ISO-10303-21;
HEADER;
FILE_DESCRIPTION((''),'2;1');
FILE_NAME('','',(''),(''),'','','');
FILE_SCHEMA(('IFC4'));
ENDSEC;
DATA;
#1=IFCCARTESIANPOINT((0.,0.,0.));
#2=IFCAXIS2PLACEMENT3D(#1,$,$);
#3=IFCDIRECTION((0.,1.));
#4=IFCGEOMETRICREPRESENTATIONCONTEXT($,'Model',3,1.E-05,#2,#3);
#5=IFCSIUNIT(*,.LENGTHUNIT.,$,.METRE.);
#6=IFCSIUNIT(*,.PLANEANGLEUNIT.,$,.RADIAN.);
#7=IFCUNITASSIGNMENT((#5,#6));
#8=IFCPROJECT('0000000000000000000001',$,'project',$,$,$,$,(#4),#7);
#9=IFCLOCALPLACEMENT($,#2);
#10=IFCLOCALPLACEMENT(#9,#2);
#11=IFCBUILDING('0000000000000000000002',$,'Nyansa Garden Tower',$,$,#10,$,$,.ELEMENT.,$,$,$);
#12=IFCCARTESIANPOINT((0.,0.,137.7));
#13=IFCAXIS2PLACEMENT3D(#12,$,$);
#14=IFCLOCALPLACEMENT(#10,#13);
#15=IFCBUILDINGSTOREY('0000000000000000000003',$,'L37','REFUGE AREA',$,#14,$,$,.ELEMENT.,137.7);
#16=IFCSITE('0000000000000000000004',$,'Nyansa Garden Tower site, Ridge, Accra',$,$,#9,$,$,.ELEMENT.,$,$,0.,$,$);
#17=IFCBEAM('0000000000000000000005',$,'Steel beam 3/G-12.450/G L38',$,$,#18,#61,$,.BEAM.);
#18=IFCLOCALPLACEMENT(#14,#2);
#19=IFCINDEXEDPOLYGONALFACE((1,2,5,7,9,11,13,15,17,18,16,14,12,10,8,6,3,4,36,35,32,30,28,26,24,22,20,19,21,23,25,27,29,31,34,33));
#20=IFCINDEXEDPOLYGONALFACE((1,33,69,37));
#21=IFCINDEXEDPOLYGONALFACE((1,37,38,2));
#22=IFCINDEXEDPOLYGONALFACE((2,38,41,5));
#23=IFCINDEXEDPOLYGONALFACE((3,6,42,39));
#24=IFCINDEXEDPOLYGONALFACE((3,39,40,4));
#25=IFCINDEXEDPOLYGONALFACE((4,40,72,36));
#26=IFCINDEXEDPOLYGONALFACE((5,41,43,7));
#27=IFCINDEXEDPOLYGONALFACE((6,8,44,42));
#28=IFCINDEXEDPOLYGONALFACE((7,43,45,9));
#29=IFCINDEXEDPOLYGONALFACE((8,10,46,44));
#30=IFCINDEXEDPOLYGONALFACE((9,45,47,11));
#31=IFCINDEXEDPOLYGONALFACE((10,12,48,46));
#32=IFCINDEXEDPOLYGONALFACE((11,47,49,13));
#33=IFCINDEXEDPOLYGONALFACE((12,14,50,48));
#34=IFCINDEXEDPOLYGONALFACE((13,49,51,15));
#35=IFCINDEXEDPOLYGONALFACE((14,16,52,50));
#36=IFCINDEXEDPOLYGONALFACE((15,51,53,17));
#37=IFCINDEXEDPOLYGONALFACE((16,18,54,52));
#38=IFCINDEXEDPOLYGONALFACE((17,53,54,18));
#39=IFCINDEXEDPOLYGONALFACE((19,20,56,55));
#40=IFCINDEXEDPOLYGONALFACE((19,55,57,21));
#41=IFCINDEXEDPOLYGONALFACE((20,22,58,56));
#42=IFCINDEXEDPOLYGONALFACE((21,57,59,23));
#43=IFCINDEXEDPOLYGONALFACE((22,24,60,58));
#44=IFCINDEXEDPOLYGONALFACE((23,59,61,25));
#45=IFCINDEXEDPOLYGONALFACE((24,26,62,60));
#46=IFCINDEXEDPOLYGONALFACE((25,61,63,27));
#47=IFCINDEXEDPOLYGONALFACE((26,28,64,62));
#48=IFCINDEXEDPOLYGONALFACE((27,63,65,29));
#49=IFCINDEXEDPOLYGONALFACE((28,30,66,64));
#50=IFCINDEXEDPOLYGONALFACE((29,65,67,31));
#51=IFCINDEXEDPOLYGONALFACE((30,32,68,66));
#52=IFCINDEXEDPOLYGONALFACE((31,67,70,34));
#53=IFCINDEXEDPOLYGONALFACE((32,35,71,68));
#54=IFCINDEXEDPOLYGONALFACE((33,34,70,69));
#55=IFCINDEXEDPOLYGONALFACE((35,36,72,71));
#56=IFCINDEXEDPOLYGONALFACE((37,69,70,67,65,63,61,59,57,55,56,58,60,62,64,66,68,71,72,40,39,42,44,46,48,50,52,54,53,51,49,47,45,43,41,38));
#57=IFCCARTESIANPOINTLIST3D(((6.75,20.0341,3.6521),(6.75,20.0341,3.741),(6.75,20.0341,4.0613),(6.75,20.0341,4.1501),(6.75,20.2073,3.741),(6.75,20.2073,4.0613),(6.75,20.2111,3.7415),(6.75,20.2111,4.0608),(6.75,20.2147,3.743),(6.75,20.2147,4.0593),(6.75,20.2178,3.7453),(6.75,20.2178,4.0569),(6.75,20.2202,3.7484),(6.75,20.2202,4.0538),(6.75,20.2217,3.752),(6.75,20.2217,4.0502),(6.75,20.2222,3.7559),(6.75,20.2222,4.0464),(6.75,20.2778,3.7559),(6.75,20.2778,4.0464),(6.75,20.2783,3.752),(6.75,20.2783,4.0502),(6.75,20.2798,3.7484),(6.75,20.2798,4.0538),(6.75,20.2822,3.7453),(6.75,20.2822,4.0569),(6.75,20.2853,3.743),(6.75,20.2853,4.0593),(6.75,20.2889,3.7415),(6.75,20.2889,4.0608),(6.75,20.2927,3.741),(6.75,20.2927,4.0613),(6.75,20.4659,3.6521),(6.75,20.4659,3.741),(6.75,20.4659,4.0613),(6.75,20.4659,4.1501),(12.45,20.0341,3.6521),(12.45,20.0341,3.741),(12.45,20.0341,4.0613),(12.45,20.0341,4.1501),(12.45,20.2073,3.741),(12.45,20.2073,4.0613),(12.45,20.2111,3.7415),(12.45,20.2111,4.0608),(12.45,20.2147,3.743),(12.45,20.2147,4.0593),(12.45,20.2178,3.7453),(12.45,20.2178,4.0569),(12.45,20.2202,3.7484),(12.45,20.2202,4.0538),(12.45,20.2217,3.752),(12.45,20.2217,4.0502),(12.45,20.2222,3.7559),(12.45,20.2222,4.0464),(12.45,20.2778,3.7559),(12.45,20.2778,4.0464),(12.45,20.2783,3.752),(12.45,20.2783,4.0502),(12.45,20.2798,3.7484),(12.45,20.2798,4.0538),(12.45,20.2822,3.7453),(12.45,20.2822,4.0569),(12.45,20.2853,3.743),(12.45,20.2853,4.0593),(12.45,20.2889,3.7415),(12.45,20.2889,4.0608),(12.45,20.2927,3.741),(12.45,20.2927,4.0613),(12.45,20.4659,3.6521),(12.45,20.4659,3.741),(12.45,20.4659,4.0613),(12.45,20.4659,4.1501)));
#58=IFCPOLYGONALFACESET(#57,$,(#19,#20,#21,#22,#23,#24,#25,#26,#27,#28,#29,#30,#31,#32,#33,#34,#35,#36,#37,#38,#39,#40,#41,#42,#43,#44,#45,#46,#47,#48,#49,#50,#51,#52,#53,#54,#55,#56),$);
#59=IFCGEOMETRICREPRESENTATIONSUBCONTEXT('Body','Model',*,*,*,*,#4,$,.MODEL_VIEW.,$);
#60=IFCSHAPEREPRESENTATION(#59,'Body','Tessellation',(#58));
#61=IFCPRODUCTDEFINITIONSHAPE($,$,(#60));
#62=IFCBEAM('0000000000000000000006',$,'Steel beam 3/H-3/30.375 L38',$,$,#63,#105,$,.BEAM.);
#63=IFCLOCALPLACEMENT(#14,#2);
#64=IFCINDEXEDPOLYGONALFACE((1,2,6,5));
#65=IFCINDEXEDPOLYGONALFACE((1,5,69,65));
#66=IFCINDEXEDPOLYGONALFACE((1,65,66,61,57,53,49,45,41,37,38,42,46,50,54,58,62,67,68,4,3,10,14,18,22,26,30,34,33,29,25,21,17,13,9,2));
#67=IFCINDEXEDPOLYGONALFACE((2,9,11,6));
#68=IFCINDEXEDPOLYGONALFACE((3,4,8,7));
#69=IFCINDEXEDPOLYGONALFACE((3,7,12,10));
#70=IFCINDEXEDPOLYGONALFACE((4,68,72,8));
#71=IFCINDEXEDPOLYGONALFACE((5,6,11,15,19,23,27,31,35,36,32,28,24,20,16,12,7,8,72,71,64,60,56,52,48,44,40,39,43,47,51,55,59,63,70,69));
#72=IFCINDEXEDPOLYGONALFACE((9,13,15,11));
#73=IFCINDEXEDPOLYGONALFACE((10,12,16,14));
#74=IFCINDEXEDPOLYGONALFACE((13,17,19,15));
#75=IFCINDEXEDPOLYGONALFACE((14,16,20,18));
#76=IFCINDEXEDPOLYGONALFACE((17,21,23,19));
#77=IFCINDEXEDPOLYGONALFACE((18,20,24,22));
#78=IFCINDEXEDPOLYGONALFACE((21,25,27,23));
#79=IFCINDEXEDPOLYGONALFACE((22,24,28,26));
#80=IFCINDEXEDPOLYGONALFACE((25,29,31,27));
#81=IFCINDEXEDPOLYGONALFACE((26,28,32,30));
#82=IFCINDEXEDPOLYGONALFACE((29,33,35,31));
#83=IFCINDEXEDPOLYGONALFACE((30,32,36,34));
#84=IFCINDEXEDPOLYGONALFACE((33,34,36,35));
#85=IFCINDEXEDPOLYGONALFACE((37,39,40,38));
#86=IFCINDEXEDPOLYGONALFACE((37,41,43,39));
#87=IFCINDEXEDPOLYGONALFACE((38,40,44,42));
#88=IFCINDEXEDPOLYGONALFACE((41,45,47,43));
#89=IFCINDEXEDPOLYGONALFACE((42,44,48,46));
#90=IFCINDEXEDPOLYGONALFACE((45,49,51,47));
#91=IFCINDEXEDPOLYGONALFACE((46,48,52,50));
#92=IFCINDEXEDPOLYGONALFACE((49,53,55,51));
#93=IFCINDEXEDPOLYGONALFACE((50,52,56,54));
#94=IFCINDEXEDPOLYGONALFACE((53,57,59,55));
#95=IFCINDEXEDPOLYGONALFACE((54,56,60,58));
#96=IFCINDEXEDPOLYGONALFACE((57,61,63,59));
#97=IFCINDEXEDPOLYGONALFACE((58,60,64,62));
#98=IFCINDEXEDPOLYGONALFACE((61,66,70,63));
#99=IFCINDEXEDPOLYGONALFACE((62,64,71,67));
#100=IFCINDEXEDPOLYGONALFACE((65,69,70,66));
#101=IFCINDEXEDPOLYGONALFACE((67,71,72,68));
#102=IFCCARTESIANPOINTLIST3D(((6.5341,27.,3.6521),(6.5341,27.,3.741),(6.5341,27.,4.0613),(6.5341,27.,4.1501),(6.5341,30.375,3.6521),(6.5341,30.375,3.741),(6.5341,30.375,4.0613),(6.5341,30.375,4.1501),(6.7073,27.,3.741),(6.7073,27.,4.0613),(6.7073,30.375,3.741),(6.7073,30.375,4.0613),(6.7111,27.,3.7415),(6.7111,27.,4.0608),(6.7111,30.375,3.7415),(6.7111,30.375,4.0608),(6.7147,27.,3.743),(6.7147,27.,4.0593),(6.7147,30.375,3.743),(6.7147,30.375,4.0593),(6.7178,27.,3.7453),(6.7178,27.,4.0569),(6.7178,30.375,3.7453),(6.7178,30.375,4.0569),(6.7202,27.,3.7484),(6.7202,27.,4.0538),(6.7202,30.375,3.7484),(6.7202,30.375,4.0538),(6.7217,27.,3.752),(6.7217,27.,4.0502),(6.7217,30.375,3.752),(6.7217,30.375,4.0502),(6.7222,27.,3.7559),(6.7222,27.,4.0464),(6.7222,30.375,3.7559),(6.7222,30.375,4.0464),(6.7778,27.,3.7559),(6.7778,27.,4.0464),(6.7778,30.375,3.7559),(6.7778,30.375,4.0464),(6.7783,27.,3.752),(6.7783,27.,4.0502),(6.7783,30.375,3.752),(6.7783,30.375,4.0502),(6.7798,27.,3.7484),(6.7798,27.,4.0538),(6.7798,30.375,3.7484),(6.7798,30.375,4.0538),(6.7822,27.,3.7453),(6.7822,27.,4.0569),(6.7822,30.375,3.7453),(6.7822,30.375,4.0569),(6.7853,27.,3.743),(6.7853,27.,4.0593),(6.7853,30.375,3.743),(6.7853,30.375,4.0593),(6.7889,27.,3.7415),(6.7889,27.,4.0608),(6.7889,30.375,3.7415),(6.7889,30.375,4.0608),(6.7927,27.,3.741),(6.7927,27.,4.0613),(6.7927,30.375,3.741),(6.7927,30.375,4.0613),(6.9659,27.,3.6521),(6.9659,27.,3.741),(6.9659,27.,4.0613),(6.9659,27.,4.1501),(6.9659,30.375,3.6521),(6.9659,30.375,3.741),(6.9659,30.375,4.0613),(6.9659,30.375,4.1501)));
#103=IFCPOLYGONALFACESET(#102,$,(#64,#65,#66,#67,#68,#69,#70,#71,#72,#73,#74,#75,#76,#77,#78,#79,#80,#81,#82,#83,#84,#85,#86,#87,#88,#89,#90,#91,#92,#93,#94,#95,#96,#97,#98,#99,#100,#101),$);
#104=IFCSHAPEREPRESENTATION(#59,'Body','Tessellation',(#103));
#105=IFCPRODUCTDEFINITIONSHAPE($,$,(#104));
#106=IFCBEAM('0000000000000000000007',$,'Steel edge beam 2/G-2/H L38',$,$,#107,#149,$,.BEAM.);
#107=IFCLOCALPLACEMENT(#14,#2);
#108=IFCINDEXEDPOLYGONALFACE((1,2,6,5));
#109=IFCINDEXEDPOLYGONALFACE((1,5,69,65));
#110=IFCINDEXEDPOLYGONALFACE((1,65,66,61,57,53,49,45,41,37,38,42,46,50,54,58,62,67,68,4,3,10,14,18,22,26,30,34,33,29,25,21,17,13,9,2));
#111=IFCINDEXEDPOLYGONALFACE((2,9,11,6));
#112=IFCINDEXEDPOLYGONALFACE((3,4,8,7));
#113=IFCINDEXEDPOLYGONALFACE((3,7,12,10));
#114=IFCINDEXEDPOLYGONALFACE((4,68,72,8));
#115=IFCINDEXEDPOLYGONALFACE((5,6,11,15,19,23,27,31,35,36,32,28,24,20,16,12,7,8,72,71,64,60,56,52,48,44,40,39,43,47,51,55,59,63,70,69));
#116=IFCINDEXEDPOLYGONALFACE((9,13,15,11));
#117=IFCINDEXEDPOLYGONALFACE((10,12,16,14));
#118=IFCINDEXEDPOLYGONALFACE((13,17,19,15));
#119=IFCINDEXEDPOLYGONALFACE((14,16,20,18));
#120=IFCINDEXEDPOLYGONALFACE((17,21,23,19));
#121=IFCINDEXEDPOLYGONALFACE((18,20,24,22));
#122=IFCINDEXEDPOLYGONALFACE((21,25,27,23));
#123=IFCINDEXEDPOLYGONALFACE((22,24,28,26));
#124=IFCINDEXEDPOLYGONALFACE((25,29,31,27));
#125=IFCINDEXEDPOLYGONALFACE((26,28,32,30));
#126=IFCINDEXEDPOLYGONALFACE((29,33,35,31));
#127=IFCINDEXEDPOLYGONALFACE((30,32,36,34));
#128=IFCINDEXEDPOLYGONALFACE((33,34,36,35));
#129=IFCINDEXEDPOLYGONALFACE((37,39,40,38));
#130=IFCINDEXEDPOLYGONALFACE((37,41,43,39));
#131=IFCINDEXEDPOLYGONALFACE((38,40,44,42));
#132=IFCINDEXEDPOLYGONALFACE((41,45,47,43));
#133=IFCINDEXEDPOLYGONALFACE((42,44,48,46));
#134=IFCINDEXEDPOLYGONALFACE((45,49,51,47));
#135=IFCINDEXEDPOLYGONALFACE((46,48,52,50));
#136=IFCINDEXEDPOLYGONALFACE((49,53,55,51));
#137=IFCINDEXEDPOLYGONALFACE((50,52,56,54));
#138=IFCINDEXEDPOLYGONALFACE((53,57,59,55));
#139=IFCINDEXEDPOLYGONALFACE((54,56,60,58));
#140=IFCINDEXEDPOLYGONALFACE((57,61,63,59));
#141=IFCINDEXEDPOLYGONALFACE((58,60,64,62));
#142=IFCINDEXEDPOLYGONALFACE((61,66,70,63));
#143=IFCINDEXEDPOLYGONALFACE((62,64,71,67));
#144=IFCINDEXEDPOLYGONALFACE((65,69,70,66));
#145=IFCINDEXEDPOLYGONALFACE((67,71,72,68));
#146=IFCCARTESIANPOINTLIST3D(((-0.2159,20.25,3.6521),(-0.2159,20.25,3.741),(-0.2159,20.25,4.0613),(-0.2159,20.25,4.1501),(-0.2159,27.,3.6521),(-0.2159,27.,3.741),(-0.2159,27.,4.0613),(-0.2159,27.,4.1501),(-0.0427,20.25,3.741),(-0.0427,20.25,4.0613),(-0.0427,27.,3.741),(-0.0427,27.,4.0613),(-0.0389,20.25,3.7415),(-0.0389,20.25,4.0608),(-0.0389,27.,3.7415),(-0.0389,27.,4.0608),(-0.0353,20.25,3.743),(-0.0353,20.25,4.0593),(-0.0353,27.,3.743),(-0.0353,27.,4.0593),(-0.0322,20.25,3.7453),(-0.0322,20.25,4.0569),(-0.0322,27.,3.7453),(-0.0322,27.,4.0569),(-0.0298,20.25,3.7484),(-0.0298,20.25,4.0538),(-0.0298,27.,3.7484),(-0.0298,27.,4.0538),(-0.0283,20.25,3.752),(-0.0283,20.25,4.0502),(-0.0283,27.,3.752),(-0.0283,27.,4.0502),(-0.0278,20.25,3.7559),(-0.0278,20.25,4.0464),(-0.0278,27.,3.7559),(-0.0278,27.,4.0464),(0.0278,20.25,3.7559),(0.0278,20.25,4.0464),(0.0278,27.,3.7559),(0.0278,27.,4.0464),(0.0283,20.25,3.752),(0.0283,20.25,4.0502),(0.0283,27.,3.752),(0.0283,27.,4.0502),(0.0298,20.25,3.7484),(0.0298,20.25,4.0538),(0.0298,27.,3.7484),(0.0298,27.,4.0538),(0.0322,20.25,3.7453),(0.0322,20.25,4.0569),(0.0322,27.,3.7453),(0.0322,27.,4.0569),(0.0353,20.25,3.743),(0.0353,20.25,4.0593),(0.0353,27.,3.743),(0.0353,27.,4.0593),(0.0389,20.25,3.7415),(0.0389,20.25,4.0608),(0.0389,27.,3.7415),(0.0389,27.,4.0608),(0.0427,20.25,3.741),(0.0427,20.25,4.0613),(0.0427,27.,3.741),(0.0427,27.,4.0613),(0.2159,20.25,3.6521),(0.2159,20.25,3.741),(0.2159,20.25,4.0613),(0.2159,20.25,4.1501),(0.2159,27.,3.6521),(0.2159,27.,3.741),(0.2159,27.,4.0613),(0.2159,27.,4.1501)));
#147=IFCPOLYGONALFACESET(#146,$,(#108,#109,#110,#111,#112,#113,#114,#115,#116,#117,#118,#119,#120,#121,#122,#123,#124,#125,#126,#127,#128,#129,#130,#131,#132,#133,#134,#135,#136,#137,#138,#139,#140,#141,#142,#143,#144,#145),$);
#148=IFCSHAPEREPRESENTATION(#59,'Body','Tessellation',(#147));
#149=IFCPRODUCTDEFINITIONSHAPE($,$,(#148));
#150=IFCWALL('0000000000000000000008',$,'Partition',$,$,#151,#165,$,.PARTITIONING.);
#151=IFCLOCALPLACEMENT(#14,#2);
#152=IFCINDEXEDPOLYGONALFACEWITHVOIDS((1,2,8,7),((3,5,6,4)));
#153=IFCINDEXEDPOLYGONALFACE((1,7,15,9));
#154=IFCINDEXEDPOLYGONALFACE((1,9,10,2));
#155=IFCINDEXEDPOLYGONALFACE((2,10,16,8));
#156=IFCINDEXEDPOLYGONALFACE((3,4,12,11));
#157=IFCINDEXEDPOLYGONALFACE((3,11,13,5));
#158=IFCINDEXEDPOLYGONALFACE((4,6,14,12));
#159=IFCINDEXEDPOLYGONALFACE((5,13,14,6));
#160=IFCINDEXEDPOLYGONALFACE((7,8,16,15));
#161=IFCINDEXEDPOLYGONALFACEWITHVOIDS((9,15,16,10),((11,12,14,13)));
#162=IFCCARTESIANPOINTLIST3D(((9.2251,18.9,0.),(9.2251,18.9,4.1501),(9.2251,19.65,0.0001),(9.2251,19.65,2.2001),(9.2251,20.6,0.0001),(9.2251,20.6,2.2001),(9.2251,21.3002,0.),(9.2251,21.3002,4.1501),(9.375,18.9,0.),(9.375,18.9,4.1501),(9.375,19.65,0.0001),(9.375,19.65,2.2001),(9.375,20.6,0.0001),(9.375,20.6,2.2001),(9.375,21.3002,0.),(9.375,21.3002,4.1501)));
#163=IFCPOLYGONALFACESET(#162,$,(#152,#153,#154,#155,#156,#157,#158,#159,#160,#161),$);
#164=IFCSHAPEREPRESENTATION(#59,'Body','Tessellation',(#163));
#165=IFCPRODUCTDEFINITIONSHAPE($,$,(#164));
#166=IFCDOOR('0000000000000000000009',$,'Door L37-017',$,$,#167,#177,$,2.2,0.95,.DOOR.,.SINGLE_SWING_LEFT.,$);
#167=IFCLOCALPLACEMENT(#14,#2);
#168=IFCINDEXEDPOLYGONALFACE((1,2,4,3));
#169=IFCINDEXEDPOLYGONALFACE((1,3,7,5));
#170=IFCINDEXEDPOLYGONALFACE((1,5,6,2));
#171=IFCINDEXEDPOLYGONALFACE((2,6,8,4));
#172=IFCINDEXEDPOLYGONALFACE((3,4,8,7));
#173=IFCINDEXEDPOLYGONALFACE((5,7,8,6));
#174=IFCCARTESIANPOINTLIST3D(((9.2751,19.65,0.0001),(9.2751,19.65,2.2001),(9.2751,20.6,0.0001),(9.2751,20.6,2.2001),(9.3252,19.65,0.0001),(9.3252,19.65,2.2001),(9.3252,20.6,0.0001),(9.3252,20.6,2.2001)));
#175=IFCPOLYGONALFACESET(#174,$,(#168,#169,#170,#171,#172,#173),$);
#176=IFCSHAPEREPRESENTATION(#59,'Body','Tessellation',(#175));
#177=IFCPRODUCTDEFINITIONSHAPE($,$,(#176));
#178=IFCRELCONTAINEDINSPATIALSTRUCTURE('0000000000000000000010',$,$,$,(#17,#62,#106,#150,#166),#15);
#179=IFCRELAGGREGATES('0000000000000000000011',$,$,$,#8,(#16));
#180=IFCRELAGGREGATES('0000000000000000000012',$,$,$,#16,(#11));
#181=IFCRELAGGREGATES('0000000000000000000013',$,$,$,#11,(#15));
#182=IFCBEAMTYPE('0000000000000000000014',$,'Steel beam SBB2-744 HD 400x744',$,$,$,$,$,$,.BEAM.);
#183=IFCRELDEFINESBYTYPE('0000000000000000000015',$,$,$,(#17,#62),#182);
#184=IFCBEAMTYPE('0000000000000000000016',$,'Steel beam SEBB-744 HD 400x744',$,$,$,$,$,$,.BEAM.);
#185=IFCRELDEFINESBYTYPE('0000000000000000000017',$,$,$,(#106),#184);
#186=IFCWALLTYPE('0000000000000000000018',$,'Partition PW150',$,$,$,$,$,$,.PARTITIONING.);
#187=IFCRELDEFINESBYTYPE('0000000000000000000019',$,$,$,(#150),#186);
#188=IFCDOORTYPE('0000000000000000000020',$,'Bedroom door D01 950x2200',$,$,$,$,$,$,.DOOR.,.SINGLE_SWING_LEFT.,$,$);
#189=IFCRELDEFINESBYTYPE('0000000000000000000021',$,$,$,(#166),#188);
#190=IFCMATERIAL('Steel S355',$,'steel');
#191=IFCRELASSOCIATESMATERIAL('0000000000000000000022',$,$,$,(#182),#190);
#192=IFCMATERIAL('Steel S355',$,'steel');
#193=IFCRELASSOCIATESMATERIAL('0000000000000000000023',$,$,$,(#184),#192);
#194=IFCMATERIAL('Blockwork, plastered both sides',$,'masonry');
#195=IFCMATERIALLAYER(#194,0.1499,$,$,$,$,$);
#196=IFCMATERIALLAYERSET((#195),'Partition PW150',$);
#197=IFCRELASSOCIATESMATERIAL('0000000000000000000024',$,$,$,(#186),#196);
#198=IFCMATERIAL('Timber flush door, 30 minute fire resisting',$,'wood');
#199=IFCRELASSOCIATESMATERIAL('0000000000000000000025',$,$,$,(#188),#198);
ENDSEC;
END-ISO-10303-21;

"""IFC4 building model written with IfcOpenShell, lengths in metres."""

from ifc_helpers import new_model, si_unit, direction, frame, frame_2d, origin, origin_2d, place, context, subcontext, project, spatial, rectangle, i_section, extrude, material, layer, layer_set, material_profile, profile_set, type_object, element, fill, save


model = new_model("IFC4")

# Units and contexts
model_context = context("Model", 3, precision=1e-05, world=origin(), true_north=direction((0.0, 1.0)))
body_context = subcontext(model_context, "Body", "Model", "MODEL_VIEW")
ifc_project = project(units=[si_unit("LENGTHUNIT", "METRE"), si_unit("PLANEANGLEUNIT", "RADIAN")], contexts=[model_context])

# Site, building, storey
site_placement = place(None, origin())
site = spatial("IfcSite", under=ifc_project, at=site_placement, Name="Nyansa Garden Tower site, Ridge, Accra", CompositionType="ELEMENT", RefElevation=0.0)
building_placement = place(site_placement, origin())
building = spatial("IfcBuilding", under=site, at=building_placement, Name="Nyansa Garden Tower", CompositionType="ELEMENT")
storey_placement = place(building_placement, frame((0.0, 0.0, 137.7)))
storey = spatial("IfcBuildingStorey", under=building, at=storey_placement, Name="L37", Description="REFUGE AREA", CompositionType="ELEMENT", Elevation=137.7)

# Beams
ifc_material_1 = material(Name="Steel S355", Category="steel")
ifc_material_profile_1 = material_profile(ifc_material_1, i_section(OverallWidth=0.4319, OverallDepth=0.498, WebThickness=0.0557, FlangeThickness=0.0889, FilletRadius=0.0149, at=origin_2d()), Name="HD 400x744")
ifc_profile_set_1 = profile_set([ifc_material_profile_1], Name="Steel S355")
beam_type_1 = type_object("IfcBeamType", Name="Steel beam SBB2-744 HD 400x744", PredefinedType="BEAM", material=ifc_profile_set_1)
beam_1_placement = place(storey_placement, frame((6.75, 20.25, 3.9011), z_axis=(1.0, 0.0, 0.0), x_axis=(0.0, 1.0, 0.0)))
element("IfcBeam", 1, at=beam_1_placement, inside=storey, type_object=beam_type_1, Name="Steel beam 3/G-12.450/G L38", PredefinedType="BEAM", context=body_context, shape_type="SweptSolid", body=[
    extrude(i_section(OverallWidth=0.4319, OverallDepth=0.498, WebThickness=0.0557, FlangeThickness=0.0889, FilletRadius=0.0149, at=origin_2d()), origin(), (0.0, 0.0, 1.0), 5.7),
])
beam_2_placement = place(storey_placement, frame((6.75, 27.0, 3.9011), z_axis=(0.0, 1.0, 0.0), x_axis=(-1.0, 0.0, 0.0)))
element("IfcBeam", 2, at=beam_2_placement, inside=storey, type_object=beam_type_1, Name="Steel beam 3/H-3/30.375 L38", PredefinedType="BEAM", context=body_context, shape_type="SweptSolid", body=[
    extrude(i_section(OverallWidth=0.4319, OverallDepth=0.498, WebThickness=0.0557, FlangeThickness=0.0889, FilletRadius=0.0149, at=origin_2d()), origin(), (0.0, 0.0, 1.0), 3.375),
])
ifc_material_2 = material(Name="Steel S355", Category="steel")
ifc_material_profile_2 = material_profile(ifc_material_2, i_section(OverallWidth=0.4319, OverallDepth=0.498, WebThickness=0.0557, FlangeThickness=0.0889, FilletRadius=0.0149, at=origin_2d()), Name="HD 400x744")
ifc_profile_set_2 = profile_set([ifc_material_profile_2], Name="Steel S355")
beam_type_2 = type_object("IfcBeamType", Name="Steel beam SEBB-744 HD 400x744", PredefinedType="BEAM", material=ifc_profile_set_2)
beam_3_placement = place(storey_placement, frame((0.0, 20.25, 3.9011), z_axis=(0.0, 1.0, 0.0), x_axis=(-1.0, 0.0, 0.0)))
element("IfcBeam", 3, at=beam_3_placement, inside=storey, type_object=beam_type_2, Name="Steel edge beam 2/G-2/H L38", PredefinedType="BEAM", context=body_context, shape_type="SweptSolid", body=[
    extrude(i_section(OverallWidth=0.4319, OverallDepth=0.498, WebThickness=0.0557, FlangeThickness=0.0889, FilletRadius=0.0149, at=origin_2d()), origin(), (0.0, 0.0, 1.0), 6.75),
])

# Wall, opening, door
ifc_material_3 = material(Name="Blockwork, plastered both sides", Category="masonry")
ifc_layer = layer(ifc_material_3, 0.1499)
ifc_layer_set = layer_set([ifc_layer], Name="Partition PW150")
wall_type = type_object("IfcWallType", Name="Partition PW150", PredefinedType="PARTITIONING", material=ifc_layer_set)
wall_placement = place(storey_placement, frame((9.3, 18.8999, 0.0), z_axis=(0.0, 0.0, 1.0), x_axis=(0.0, 1.0, 0.0)))
wall = element("IfcWall", 4, at=wall_placement, inside=storey, type_object=wall_type, Name="Partition", PredefinedType="PARTITIONING", context=body_context, shape_type="SweptSolid", body=[
    extrude(rectangle(XDim=2.4001, YDim=0.1499, at=frame_2d((1.2002, 0.0))), origin(), (0.0, 0.0, 1.0), 4.1501),
])
opening_placement = place(wall_placement, frame((0.75, 0.0, 0.0)))
opening = element("IfcOpeningElement", 5, at=opening_placement, cuts=wall, PredefinedType="OPENING", context=body_context, shape_type="SweptSolid", body=[
    extrude(rectangle(XDim=0.95, YDim=2.2, at=frame_2d((0.4751, 1.1001))), frame((0.0, 0.085, 0.0), z_axis=(0.0, -1.0, 0.0), x_axis=(1.0, 0.0, 0.0)), (0.0, 0.0, 1.0), 0.1699),
])
ifc_material_4 = material(Name="Timber flush door, 30 minute fire resisting", Category="wood")
door_type = type_object("IfcDoorType", Name="Bedroom door D01 950x2200", OperationType="SINGLE_SWING_LEFT", PredefinedType="DOOR", material=ifc_material_4)
door_placement = place(opening_placement, origin())
door = element("IfcDoor", 6, at=door_placement, inside=storey, type_object=door_type, Name="Door L37-017", OperationType="SINGLE_SWING_LEFT", OverallHeight=2.2, OverallWidth=0.95, PredefinedType="DOOR", context=body_context, shape_type="SweptSolid", body=[
    extrude(rectangle(XDim=0.95, YDim=2.2, at=frame_2d((0.4751, 1.1001))), frame((0.0, 0.0249, 0.0), z_axis=(0.0, -1.0, 0.0), x_axis=(1.0, 0.0, 0.0)), (0.0, 0.0, 1.0), 0.05),
])
fill(opening, door)

save(model, "model.ifc")
